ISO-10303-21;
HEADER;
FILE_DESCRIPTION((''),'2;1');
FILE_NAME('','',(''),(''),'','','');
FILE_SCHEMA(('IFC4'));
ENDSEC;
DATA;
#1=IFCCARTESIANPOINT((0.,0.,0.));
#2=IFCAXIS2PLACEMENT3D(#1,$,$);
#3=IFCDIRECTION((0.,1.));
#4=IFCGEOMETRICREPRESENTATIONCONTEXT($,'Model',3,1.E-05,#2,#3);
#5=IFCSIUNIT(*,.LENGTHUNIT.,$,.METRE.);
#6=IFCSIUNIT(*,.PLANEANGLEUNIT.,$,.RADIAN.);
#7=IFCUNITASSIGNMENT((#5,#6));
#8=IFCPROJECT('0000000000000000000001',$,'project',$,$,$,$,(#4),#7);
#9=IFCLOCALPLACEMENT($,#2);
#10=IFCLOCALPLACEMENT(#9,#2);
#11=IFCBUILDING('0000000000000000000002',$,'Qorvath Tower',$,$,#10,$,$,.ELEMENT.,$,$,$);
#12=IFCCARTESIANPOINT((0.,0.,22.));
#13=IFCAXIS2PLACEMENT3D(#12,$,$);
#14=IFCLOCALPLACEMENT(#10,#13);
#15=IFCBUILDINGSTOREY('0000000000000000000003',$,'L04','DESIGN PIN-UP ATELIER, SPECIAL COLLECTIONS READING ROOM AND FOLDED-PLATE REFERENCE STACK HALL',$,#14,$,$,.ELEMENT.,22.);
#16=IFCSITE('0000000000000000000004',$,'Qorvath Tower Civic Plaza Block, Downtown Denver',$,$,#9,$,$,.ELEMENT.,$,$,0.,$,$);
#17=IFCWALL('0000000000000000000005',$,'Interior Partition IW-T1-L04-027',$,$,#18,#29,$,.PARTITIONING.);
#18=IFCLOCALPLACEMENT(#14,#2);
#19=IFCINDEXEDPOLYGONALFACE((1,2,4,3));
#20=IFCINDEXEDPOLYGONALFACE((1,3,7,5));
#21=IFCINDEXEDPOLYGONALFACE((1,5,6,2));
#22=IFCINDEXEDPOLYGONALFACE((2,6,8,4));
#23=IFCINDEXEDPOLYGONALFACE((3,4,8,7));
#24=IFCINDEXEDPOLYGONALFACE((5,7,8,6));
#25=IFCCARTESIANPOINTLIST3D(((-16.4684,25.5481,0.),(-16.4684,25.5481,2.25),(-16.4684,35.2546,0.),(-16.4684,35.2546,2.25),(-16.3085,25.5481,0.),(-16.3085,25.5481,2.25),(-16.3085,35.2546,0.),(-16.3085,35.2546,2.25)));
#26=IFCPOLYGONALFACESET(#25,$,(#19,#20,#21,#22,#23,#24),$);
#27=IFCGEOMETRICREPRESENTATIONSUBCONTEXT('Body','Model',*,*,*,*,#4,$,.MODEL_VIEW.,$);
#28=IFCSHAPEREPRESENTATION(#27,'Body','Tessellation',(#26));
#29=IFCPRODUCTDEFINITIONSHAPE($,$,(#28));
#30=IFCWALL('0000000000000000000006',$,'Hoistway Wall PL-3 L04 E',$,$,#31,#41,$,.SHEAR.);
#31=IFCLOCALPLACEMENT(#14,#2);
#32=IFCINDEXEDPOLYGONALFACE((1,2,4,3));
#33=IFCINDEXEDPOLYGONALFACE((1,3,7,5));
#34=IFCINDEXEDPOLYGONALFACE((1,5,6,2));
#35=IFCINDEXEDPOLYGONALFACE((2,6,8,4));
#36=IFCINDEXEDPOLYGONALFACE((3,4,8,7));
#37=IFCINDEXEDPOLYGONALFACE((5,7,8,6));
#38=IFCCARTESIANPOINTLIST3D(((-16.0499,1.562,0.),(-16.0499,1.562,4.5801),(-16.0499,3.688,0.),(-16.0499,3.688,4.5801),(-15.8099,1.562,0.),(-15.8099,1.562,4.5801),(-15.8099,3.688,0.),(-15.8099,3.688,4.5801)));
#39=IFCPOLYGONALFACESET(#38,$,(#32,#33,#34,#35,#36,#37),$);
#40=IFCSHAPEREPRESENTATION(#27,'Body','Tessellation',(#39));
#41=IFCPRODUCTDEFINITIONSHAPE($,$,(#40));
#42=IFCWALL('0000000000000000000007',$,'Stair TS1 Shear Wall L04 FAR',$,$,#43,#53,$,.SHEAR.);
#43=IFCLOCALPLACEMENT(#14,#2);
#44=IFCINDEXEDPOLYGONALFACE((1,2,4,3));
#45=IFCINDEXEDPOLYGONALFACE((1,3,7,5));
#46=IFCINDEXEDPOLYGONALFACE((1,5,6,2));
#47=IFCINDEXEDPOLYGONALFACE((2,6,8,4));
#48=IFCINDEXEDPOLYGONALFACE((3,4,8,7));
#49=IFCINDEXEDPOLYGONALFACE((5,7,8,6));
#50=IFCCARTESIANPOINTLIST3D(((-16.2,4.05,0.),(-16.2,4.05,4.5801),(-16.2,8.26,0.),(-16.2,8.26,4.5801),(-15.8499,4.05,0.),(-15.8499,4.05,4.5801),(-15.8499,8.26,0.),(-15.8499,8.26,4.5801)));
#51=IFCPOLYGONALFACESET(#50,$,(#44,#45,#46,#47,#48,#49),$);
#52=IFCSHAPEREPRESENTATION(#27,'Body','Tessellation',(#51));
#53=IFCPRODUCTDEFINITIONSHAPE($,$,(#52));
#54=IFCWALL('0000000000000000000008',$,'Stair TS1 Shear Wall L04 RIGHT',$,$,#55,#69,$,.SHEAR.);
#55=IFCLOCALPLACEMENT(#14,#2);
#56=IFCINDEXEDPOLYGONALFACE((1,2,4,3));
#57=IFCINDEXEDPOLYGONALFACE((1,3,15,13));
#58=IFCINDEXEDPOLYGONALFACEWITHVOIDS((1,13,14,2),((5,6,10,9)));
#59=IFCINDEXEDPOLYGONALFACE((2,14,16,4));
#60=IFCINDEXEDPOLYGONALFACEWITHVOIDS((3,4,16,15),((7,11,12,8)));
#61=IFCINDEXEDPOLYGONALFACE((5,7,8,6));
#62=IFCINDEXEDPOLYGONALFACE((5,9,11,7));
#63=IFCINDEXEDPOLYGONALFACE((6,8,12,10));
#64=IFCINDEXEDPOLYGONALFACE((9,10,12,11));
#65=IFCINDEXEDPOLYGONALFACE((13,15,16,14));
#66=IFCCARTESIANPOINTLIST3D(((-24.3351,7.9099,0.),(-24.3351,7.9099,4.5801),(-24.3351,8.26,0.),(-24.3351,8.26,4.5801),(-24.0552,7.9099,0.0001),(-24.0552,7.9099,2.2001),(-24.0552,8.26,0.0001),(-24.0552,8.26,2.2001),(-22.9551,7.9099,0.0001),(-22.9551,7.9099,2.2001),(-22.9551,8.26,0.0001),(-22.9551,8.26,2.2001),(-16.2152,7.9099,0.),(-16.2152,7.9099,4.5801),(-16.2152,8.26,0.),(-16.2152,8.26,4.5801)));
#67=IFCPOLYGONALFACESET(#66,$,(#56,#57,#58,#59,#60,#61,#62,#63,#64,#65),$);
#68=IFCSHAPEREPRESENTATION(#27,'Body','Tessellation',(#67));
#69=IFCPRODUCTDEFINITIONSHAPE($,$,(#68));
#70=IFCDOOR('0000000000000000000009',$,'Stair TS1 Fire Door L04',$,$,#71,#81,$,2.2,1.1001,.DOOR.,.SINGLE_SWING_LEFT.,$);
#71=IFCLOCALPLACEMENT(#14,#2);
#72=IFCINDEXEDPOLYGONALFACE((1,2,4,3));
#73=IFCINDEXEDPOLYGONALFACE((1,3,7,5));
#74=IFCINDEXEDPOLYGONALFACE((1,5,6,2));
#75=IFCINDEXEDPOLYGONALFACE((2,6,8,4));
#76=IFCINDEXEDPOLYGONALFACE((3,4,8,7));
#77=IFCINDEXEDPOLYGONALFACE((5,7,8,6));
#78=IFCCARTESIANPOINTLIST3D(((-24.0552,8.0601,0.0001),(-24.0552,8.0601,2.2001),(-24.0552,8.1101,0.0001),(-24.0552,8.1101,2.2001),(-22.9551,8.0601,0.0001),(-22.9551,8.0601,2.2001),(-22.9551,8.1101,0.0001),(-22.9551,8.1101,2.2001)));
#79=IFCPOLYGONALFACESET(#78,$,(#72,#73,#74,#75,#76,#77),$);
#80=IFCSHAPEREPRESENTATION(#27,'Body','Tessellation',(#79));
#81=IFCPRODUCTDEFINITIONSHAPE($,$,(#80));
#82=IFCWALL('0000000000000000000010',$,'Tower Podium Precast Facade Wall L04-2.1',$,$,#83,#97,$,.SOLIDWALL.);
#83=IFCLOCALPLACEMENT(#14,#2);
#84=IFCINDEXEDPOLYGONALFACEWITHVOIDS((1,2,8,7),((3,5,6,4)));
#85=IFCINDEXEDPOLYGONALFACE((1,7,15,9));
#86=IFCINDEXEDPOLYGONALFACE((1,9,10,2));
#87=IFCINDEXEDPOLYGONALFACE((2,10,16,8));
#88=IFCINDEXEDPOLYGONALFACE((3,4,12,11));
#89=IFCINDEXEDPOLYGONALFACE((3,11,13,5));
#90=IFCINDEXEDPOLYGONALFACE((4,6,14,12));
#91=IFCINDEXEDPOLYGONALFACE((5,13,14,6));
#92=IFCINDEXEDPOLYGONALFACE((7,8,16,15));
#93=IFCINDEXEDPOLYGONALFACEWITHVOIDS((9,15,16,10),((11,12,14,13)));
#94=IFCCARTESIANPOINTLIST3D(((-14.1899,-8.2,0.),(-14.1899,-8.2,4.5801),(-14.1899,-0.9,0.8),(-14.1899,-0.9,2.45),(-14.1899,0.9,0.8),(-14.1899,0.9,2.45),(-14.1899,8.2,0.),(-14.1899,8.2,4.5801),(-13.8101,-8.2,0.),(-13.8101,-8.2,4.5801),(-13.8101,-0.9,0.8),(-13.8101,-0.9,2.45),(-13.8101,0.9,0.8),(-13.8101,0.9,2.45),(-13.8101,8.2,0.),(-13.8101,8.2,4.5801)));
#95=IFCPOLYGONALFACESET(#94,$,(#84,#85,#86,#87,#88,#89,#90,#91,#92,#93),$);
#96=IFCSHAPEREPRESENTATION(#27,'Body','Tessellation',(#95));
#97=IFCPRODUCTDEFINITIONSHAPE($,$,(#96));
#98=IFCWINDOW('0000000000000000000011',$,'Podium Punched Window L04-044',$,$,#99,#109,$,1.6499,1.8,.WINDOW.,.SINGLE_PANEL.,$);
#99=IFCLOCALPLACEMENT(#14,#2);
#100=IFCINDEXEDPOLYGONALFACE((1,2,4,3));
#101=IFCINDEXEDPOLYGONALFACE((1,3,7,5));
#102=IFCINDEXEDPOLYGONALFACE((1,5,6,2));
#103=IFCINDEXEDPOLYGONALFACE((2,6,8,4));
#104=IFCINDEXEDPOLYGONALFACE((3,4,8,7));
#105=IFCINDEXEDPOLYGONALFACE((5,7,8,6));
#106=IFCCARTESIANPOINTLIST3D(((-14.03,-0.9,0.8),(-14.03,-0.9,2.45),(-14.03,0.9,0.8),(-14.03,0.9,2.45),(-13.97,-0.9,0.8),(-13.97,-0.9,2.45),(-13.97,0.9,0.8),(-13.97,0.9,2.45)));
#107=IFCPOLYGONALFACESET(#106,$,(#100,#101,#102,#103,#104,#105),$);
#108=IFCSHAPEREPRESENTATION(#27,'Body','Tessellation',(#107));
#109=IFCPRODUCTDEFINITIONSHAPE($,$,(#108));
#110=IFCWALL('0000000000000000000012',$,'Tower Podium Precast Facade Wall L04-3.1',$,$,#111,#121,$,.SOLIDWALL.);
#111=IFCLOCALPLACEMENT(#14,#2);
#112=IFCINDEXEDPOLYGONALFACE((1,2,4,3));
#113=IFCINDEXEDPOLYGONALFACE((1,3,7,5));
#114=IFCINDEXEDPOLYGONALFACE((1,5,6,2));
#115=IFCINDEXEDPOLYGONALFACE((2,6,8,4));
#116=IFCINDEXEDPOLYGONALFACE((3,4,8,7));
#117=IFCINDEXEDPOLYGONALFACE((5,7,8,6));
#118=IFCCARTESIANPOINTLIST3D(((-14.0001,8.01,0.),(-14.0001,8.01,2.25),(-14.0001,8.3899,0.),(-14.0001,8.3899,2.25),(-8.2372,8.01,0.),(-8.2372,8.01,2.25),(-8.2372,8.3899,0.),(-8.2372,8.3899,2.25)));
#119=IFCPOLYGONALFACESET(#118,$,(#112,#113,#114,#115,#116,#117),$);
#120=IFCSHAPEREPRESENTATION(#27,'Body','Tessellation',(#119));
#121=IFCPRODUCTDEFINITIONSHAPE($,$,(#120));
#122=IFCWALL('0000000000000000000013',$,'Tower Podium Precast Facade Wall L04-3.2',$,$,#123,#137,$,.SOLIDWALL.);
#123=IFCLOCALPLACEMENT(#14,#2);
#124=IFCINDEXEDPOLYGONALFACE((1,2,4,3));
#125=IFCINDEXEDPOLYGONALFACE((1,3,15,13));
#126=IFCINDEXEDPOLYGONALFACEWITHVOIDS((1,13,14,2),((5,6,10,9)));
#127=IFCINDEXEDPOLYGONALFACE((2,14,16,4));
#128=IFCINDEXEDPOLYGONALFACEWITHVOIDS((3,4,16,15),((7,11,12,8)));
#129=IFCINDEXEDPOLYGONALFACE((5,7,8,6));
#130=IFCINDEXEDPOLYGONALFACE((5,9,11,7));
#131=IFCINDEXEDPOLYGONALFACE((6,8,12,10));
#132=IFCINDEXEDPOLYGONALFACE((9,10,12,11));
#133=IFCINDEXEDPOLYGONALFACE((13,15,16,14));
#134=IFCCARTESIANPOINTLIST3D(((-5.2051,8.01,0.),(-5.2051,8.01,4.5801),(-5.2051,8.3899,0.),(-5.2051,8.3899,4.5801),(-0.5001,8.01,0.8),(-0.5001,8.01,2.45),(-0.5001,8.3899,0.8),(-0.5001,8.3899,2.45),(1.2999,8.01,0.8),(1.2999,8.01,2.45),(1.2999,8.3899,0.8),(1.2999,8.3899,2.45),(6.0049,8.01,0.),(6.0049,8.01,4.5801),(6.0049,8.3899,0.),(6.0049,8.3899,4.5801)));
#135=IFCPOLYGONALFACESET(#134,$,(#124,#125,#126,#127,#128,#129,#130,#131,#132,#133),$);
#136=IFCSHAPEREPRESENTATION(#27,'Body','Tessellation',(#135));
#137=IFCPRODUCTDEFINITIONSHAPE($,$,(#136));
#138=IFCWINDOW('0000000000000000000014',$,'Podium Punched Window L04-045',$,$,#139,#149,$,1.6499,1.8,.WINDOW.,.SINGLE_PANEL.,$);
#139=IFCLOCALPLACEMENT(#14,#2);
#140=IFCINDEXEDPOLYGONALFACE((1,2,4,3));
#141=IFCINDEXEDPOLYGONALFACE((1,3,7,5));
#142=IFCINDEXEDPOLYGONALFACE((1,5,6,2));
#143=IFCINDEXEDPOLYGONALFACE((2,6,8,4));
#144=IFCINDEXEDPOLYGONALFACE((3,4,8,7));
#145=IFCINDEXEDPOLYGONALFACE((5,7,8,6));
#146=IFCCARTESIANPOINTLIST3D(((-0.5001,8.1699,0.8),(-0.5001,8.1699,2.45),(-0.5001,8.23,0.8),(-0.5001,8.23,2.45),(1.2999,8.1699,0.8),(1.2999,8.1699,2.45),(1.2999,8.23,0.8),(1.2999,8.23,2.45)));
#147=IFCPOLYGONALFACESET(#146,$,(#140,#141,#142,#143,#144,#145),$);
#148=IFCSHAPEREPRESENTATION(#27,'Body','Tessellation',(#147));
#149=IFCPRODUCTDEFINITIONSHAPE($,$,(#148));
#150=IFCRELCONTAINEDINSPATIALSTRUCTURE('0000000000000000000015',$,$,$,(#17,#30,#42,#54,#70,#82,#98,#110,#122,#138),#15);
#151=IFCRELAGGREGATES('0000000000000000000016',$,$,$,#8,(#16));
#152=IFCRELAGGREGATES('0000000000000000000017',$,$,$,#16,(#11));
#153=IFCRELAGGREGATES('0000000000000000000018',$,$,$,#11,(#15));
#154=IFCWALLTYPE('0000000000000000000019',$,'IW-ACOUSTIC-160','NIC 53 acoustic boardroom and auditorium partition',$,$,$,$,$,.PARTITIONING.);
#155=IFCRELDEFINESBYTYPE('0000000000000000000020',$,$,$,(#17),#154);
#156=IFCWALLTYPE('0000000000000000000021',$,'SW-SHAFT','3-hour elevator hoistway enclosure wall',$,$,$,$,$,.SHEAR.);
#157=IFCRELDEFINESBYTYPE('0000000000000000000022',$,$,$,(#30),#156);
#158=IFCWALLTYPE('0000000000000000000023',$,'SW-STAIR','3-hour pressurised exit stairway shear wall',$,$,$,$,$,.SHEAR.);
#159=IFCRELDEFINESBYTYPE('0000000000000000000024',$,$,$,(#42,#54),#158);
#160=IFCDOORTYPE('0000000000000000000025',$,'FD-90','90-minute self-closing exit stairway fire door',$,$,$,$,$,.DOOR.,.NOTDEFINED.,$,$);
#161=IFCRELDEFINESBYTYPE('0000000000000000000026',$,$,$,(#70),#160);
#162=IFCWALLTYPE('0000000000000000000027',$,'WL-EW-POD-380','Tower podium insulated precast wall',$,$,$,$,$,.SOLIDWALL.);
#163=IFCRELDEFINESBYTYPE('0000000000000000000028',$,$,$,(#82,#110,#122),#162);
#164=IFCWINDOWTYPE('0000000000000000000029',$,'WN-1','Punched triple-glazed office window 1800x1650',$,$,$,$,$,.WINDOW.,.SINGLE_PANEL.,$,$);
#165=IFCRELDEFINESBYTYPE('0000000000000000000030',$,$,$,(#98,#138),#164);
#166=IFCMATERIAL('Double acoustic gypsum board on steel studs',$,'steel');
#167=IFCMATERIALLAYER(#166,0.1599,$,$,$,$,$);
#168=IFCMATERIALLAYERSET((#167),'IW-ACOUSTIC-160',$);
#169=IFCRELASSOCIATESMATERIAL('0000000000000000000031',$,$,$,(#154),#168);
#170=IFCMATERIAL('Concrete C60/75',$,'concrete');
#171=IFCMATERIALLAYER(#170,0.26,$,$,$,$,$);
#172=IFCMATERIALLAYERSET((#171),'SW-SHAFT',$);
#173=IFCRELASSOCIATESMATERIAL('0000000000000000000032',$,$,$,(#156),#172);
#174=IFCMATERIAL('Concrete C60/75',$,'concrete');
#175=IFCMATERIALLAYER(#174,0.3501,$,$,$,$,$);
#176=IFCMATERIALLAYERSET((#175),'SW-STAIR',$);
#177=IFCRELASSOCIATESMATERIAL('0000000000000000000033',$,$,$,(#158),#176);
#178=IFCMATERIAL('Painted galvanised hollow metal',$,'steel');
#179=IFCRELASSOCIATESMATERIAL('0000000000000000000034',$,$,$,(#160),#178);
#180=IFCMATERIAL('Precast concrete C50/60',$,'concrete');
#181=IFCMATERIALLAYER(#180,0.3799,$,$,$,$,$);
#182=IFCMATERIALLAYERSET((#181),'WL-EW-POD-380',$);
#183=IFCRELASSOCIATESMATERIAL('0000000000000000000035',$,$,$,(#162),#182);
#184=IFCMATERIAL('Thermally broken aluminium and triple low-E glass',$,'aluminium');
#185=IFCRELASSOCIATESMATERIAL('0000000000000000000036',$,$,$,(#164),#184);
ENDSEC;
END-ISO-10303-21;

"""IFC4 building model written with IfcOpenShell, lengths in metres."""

from ifc_helpers import new_model, si_unit, direction, frame, frame_2d, origin, place, context, subcontext, project, spatial, rectangle, extrude, material, layer, layer_set, type_object, element, fill, save


model = new_model("IFC4")

# Units and contexts
model_context = context("Model", 3, precision=1e-05, world=origin(), true_north=direction((0.0, 1.0)))
body_context = subcontext(model_context, "Body", "Model", "MODEL_VIEW")
ifc_project = project(units=[si_unit("LENGTHUNIT", "METRE"), si_unit("PLANEANGLEUNIT", "RADIAN")], contexts=[model_context])

# Site, building, storey
site_placement = place(None, origin())
site = spatial("IfcSite", under=ifc_project, at=site_placement, Name="Qorvath Tower Civic Plaza Block, Downtown Denver", CompositionType="ELEMENT", RefElevation=0.0)
building_placement = place(site_placement, origin())
building = spatial("IfcBuilding", under=site, at=building_placement, Name="Qorvath Tower", CompositionType="ELEMENT")
storey_placement = place(building_placement, frame((0.0, 0.0, 22.0)))
storey = spatial("IfcBuildingStorey", under=building, at=storey_placement, Name="L04", Description="DESIGN PIN-UP ATELIER, SPECIAL COLLECTIONS READING ROOM AND FOLDED-PLATE REFERENCE STACK HALL", CompositionType="ELEMENT", Elevation=22.0)

# Wall
ifc_material_1 = material(Name="Double acoustic gypsum board on steel studs", Category="steel")
ifc_layer_1 = layer(ifc_material_1, 0.1599)
ifc_layer_set_1 = layer_set([ifc_layer_1], Name="IW-ACOUSTIC-160")
wall_type_1 = type_object("IfcWallType", Name="IW-ACOUSTIC-160", Description="NIC 53 acoustic boardroom and auditorium partition", PredefinedType="PARTITIONING", material=ifc_layer_set_1)
wall_1_placement = place(storey_placement, frame((-16.3884, 25.5481, 0.0), z_axis=(0.0, 0.0, 1.0), x_axis=(0.0, 1.0, 0.0)))
element("IfcWall", 1, at=wall_1_placement, inside=storey, type_object=wall_type_1, Name="Interior Partition IW-T1-L04-027", PredefinedType="PARTITIONING", context=body_context, shape_type="SweptSolid", body=[
    extrude(rectangle(XDim=9.7065, YDim=0.1599, at=frame_2d((4.8533, 0.0))), origin(), (0.0, 0.0, 1.0), 2.25),
])

# Walls
ifc_material_2 = material(Name="Concrete C60/75", Category="concrete")
ifc_layer_2 = layer(ifc_material_2, 0.26)
ifc_layer_set_2 = layer_set([ifc_layer_2], Name="SW-SHAFT")
wall_type_2 = type_object("IfcWallType", Name="SW-SHAFT", Description="3-hour elevator hoistway enclosure wall", PredefinedType="SHEAR", material=ifc_layer_set_2)
wall_2_placement = place(storey_placement, frame((-15.9299, 3.688, 0.0), z_axis=(0.0, 0.0, 1.0), x_axis=(0.0, -1.0, 0.0)))
element("IfcWall", 2, at=wall_2_placement, inside=storey, type_object=wall_type_2, Name="Hoistway Wall PL-3 L04 E", PredefinedType="SHEAR", context=body_context, shape_type="SweptSolid", body=[
    extrude(rectangle(XDim=2.126, YDim=0.24, at=frame_2d((1.063, 0.0))), origin(), (0.0, 0.0, 1.0), 4.5801),
])
ifc_material_3 = material(Name="Concrete C60/75", Category="concrete")
ifc_layer_3 = layer(ifc_material_3, 0.3501)
ifc_layer_set_3 = layer_set([ifc_layer_3], Name="SW-STAIR")
wall_type_3 = type_object("IfcWallType", Name="SW-STAIR", Description="3-hour pressurised exit stairway shear wall", PredefinedType="SHEAR", material=ifc_layer_set_3)
wall_3_placement = place(storey_placement, frame((-16.0249, 4.05, 0.0), z_axis=(0.0, 0.0, 1.0), x_axis=(0.0, 1.0, 0.0)))
element("IfcWall", 3, at=wall_3_placement, inside=storey, type_object=wall_type_3, Name="Stair TS1 Shear Wall L04 FAR", PredefinedType="SHEAR", context=body_context, shape_type="SweptSolid", body=[
    extrude(rectangle(XDim=4.21, YDim=0.3501, at=frame_2d((2.105, 0.0))), origin(), (0.0, 0.0, 1.0), 4.5801),
])

# Wall, opening, door
wall_4_placement = place(storey_placement, frame((-16.2151, 8.085, 0.0), z_axis=(0.0, 0.0, 1.0), x_axis=(-1.0, 0.0, 0.0)))
wall_4 = element("IfcWall", 4, at=wall_4_placement, inside=storey, type_object=wall_type_3, Name="Stair TS1 Shear Wall L04 RIGHT", PredefinedType="SHEAR", context=body_context, shape_type="SweptSolid", body=[
    extrude(rectangle(XDim=8.1199, YDim=0.3501, at=frame_2d((4.0601, 0.0))), origin(), (0.0, 0.0, 1.0), 4.5801),
])
opening_1_placement = place(wall_4_placement, frame((6.74, 0.0, 0.0)))
opening_1 = element("IfcOpeningElement", 5, at=opening_1_placement, cuts=wall_4, PredefinedType="OPENING", context=body_context, shape_type="SweptSolid", body=[
    extrude(rectangle(XDim=1.1001, YDim=2.2, at=frame_2d((0.55, 1.1001))), frame((0.0, 0.1851, 0.0), z_axis=(0.0, -1.0, 0.0), x_axis=(1.0, 0.0, 0.0)), (0.0, 0.0, 1.0), 0.3701),
])
ifc_material_4 = material(Name="Painted galvanised hollow metal", Category="steel")
door_type_1 = type_object("IfcDoorType", Name="FD-90", Description="90-minute self-closing exit stairway fire door", OperationType="NOTDEFINED", PredefinedType="DOOR", material=ifc_material_4)
door_1_placement = place(opening_1_placement, origin())
door_1 = element("IfcDoor", 6, at=door_1_placement, inside=storey, type_object=door_type_1, Name="Stair TS1 Fire Door L04", OperationType="SINGLE_SWING_LEFT", OverallHeight=2.2, OverallWidth=1.1001, PredefinedType="DOOR", context=body_context, shape_type="SweptSolid", body=[
    extrude(rectangle(XDim=1.1001, YDim=2.2, at=frame_2d((0.55, 1.1001))), frame((0.0, 0.0249, 0.0), z_axis=(0.0, -1.0, 0.0), x_axis=(1.0, 0.0, 0.0)), (0.0, 0.0, 1.0), 0.05),
])
fill(opening_1, door_1)

# Wall, opening, window
ifc_material_5 = material(Name="Precast concrete C50/60", Category="concrete")
ifc_layer_4 = layer(ifc_material_5, 0.3799)
ifc_layer_set_4 = layer_set([ifc_layer_4], Name="WL-EW-POD-380")
wall_type_4 = type_object("IfcWallType", Name="WL-EW-POD-380", Description="Tower podium insulated precast wall", PredefinedType="SOLIDWALL", material=ifc_layer_set_4)
wall_5_placement = place(storey_placement, frame((-14.0, 8.2, 0.0), z_axis=(0.0, 0.0, 1.0), x_axis=(0.0, -1.0, 0.0)))
wall_5 = element("IfcWall", 7, at=wall_5_placement, inside=storey, type_object=wall_type_4, Name="Tower Podium Precast Facade Wall L04-2.1", PredefinedType="SOLIDWALL", context=body_context, shape_type="SweptSolid", body=[
    extrude(rectangle(XDim=16.3999, YDim=0.3799, at=frame_2d((8.2, 0.0))), origin(), (0.0, 0.0, 1.0), 4.5801),
])
opening_2_placement = place(wall_5_placement, frame((7.3, 0.0, 0.8)))
opening_2 = element("IfcOpeningElement", 8, at=opening_2_placement, cuts=wall_5, PredefinedType="OPENING", context=body_context, shape_type="SweptSolid", body=[
    extrude(rectangle(XDim=1.8, YDim=1.6499, at=frame_2d((0.8999, 0.825))), frame((0.0, 0.2, 0.0), z_axis=(0.0, -1.0, 0.0), x_axis=(1.0, 0.0, 0.0)), (0.0, 0.0, 1.0), 0.3999),
])
ifc_material_6 = material(Name="Thermally broken aluminium and triple low-E glass", Category="aluminium")
window_type = type_object("IfcWindowType", Name="WN-1", Description="Punched triple-glazed office window 1800x1650", PartitioningType="SINGLE_PANEL", PredefinedType="WINDOW", material=ifc_material_6)
window_1_placement = place(opening_2_placement, origin())
window_1 = element("IfcWindow", 9, at=window_1_placement, inside=storey, type_object=window_type, Name="Podium Punched Window L04-044", OverallHeight=1.6499, OverallWidth=1.8, PartitioningType="SINGLE_PANEL", PredefinedType="WINDOW", context=body_context, shape_type="SweptSolid", body=[
    extrude(rectangle(XDim=1.8, YDim=1.6499, at=frame_2d((0.8999, 0.825))), frame((0.0, 0.03, 0.0), z_axis=(0.0, -1.0, 0.0), x_axis=(1.0, 0.0, 0.0)), (0.0, 0.0, 1.0), 0.0601),
])
fill(opening_2, window_1)

# Wall
wall_6_placement = place(storey_placement, frame((-14.0, 8.2, 0.0), z_axis=(0.0, 0.0, 1.0), x_axis=(1.0, 0.0, 0.0)))
element("IfcWall", 10, at=wall_6_placement, inside=storey, type_object=wall_type_4, Name="Tower Podium Precast Facade Wall L04-3.1", PredefinedType="SOLIDWALL", context=body_context, shape_type="SweptSolid", body=[
    extrude(rectangle(XDim=5.7629, YDim=0.3799, at=frame_2d((2.8813, 0.0))), origin(), (0.0, 0.0, 1.0), 2.25),
])

# Wall, opening, window
wall_7_placement = place(storey_placement, frame((-5.2051, 8.2, 0.0), z_axis=(0.0, 0.0, 1.0), x_axis=(1.0, 0.0, 0.0)))
wall_7 = element("IfcWall", 11, at=wall_7_placement, inside=storey, type_object=wall_type_4, Name="Tower Podium Precast Facade Wall L04-3.2", PredefinedType="SOLIDWALL", context=body_context, shape_type="SweptSolid", body=[
    extrude(rectangle(XDim=11.21, YDim=0.3799, at=frame_2d((5.605, 0.0))), origin(), (0.0, 0.0, 1.0), 4.5801),
])
opening_3_placement = place(wall_7_placement, frame((4.7051, 0.0, 0.8)))
opening_3 = element("IfcOpeningElement", 12, at=opening_3_placement, cuts=wall_7, PredefinedType="OPENING", context=body_context, shape_type="SweptSolid", body=[
    extrude(rectangle(XDim=1.8, YDim=1.6499, at=frame_2d((0.8999, 0.825))), frame((0.0, 0.2, 0.0), z_axis=(0.0, -1.0, 0.0), x_axis=(1.0, 0.0, 0.0)), (0.0, 0.0, 1.0), 0.3999),
])
window_2_placement = place(opening_3_placement, origin())
window_2 = element("IfcWindow", 13, at=window_2_placement, inside=storey, type_object=window_type, Name="Podium Punched Window L04-045", OverallHeight=1.6499, OverallWidth=1.8, PartitioningType="SINGLE_PANEL", PredefinedType="WINDOW", context=body_context, shape_type="SweptSolid", body=[
    extrude(rectangle(XDim=1.8, YDim=1.6499, at=frame_2d((0.8999, 0.825))), frame((0.0, 0.03, 0.0), z_axis=(0.0, -1.0, 0.0), x_axis=(1.0, 0.0, 0.0)), (0.0, 0.0, 1.0), 0.0601),
])
fill(opening_3, window_2)

save(model, "model.ifc")
